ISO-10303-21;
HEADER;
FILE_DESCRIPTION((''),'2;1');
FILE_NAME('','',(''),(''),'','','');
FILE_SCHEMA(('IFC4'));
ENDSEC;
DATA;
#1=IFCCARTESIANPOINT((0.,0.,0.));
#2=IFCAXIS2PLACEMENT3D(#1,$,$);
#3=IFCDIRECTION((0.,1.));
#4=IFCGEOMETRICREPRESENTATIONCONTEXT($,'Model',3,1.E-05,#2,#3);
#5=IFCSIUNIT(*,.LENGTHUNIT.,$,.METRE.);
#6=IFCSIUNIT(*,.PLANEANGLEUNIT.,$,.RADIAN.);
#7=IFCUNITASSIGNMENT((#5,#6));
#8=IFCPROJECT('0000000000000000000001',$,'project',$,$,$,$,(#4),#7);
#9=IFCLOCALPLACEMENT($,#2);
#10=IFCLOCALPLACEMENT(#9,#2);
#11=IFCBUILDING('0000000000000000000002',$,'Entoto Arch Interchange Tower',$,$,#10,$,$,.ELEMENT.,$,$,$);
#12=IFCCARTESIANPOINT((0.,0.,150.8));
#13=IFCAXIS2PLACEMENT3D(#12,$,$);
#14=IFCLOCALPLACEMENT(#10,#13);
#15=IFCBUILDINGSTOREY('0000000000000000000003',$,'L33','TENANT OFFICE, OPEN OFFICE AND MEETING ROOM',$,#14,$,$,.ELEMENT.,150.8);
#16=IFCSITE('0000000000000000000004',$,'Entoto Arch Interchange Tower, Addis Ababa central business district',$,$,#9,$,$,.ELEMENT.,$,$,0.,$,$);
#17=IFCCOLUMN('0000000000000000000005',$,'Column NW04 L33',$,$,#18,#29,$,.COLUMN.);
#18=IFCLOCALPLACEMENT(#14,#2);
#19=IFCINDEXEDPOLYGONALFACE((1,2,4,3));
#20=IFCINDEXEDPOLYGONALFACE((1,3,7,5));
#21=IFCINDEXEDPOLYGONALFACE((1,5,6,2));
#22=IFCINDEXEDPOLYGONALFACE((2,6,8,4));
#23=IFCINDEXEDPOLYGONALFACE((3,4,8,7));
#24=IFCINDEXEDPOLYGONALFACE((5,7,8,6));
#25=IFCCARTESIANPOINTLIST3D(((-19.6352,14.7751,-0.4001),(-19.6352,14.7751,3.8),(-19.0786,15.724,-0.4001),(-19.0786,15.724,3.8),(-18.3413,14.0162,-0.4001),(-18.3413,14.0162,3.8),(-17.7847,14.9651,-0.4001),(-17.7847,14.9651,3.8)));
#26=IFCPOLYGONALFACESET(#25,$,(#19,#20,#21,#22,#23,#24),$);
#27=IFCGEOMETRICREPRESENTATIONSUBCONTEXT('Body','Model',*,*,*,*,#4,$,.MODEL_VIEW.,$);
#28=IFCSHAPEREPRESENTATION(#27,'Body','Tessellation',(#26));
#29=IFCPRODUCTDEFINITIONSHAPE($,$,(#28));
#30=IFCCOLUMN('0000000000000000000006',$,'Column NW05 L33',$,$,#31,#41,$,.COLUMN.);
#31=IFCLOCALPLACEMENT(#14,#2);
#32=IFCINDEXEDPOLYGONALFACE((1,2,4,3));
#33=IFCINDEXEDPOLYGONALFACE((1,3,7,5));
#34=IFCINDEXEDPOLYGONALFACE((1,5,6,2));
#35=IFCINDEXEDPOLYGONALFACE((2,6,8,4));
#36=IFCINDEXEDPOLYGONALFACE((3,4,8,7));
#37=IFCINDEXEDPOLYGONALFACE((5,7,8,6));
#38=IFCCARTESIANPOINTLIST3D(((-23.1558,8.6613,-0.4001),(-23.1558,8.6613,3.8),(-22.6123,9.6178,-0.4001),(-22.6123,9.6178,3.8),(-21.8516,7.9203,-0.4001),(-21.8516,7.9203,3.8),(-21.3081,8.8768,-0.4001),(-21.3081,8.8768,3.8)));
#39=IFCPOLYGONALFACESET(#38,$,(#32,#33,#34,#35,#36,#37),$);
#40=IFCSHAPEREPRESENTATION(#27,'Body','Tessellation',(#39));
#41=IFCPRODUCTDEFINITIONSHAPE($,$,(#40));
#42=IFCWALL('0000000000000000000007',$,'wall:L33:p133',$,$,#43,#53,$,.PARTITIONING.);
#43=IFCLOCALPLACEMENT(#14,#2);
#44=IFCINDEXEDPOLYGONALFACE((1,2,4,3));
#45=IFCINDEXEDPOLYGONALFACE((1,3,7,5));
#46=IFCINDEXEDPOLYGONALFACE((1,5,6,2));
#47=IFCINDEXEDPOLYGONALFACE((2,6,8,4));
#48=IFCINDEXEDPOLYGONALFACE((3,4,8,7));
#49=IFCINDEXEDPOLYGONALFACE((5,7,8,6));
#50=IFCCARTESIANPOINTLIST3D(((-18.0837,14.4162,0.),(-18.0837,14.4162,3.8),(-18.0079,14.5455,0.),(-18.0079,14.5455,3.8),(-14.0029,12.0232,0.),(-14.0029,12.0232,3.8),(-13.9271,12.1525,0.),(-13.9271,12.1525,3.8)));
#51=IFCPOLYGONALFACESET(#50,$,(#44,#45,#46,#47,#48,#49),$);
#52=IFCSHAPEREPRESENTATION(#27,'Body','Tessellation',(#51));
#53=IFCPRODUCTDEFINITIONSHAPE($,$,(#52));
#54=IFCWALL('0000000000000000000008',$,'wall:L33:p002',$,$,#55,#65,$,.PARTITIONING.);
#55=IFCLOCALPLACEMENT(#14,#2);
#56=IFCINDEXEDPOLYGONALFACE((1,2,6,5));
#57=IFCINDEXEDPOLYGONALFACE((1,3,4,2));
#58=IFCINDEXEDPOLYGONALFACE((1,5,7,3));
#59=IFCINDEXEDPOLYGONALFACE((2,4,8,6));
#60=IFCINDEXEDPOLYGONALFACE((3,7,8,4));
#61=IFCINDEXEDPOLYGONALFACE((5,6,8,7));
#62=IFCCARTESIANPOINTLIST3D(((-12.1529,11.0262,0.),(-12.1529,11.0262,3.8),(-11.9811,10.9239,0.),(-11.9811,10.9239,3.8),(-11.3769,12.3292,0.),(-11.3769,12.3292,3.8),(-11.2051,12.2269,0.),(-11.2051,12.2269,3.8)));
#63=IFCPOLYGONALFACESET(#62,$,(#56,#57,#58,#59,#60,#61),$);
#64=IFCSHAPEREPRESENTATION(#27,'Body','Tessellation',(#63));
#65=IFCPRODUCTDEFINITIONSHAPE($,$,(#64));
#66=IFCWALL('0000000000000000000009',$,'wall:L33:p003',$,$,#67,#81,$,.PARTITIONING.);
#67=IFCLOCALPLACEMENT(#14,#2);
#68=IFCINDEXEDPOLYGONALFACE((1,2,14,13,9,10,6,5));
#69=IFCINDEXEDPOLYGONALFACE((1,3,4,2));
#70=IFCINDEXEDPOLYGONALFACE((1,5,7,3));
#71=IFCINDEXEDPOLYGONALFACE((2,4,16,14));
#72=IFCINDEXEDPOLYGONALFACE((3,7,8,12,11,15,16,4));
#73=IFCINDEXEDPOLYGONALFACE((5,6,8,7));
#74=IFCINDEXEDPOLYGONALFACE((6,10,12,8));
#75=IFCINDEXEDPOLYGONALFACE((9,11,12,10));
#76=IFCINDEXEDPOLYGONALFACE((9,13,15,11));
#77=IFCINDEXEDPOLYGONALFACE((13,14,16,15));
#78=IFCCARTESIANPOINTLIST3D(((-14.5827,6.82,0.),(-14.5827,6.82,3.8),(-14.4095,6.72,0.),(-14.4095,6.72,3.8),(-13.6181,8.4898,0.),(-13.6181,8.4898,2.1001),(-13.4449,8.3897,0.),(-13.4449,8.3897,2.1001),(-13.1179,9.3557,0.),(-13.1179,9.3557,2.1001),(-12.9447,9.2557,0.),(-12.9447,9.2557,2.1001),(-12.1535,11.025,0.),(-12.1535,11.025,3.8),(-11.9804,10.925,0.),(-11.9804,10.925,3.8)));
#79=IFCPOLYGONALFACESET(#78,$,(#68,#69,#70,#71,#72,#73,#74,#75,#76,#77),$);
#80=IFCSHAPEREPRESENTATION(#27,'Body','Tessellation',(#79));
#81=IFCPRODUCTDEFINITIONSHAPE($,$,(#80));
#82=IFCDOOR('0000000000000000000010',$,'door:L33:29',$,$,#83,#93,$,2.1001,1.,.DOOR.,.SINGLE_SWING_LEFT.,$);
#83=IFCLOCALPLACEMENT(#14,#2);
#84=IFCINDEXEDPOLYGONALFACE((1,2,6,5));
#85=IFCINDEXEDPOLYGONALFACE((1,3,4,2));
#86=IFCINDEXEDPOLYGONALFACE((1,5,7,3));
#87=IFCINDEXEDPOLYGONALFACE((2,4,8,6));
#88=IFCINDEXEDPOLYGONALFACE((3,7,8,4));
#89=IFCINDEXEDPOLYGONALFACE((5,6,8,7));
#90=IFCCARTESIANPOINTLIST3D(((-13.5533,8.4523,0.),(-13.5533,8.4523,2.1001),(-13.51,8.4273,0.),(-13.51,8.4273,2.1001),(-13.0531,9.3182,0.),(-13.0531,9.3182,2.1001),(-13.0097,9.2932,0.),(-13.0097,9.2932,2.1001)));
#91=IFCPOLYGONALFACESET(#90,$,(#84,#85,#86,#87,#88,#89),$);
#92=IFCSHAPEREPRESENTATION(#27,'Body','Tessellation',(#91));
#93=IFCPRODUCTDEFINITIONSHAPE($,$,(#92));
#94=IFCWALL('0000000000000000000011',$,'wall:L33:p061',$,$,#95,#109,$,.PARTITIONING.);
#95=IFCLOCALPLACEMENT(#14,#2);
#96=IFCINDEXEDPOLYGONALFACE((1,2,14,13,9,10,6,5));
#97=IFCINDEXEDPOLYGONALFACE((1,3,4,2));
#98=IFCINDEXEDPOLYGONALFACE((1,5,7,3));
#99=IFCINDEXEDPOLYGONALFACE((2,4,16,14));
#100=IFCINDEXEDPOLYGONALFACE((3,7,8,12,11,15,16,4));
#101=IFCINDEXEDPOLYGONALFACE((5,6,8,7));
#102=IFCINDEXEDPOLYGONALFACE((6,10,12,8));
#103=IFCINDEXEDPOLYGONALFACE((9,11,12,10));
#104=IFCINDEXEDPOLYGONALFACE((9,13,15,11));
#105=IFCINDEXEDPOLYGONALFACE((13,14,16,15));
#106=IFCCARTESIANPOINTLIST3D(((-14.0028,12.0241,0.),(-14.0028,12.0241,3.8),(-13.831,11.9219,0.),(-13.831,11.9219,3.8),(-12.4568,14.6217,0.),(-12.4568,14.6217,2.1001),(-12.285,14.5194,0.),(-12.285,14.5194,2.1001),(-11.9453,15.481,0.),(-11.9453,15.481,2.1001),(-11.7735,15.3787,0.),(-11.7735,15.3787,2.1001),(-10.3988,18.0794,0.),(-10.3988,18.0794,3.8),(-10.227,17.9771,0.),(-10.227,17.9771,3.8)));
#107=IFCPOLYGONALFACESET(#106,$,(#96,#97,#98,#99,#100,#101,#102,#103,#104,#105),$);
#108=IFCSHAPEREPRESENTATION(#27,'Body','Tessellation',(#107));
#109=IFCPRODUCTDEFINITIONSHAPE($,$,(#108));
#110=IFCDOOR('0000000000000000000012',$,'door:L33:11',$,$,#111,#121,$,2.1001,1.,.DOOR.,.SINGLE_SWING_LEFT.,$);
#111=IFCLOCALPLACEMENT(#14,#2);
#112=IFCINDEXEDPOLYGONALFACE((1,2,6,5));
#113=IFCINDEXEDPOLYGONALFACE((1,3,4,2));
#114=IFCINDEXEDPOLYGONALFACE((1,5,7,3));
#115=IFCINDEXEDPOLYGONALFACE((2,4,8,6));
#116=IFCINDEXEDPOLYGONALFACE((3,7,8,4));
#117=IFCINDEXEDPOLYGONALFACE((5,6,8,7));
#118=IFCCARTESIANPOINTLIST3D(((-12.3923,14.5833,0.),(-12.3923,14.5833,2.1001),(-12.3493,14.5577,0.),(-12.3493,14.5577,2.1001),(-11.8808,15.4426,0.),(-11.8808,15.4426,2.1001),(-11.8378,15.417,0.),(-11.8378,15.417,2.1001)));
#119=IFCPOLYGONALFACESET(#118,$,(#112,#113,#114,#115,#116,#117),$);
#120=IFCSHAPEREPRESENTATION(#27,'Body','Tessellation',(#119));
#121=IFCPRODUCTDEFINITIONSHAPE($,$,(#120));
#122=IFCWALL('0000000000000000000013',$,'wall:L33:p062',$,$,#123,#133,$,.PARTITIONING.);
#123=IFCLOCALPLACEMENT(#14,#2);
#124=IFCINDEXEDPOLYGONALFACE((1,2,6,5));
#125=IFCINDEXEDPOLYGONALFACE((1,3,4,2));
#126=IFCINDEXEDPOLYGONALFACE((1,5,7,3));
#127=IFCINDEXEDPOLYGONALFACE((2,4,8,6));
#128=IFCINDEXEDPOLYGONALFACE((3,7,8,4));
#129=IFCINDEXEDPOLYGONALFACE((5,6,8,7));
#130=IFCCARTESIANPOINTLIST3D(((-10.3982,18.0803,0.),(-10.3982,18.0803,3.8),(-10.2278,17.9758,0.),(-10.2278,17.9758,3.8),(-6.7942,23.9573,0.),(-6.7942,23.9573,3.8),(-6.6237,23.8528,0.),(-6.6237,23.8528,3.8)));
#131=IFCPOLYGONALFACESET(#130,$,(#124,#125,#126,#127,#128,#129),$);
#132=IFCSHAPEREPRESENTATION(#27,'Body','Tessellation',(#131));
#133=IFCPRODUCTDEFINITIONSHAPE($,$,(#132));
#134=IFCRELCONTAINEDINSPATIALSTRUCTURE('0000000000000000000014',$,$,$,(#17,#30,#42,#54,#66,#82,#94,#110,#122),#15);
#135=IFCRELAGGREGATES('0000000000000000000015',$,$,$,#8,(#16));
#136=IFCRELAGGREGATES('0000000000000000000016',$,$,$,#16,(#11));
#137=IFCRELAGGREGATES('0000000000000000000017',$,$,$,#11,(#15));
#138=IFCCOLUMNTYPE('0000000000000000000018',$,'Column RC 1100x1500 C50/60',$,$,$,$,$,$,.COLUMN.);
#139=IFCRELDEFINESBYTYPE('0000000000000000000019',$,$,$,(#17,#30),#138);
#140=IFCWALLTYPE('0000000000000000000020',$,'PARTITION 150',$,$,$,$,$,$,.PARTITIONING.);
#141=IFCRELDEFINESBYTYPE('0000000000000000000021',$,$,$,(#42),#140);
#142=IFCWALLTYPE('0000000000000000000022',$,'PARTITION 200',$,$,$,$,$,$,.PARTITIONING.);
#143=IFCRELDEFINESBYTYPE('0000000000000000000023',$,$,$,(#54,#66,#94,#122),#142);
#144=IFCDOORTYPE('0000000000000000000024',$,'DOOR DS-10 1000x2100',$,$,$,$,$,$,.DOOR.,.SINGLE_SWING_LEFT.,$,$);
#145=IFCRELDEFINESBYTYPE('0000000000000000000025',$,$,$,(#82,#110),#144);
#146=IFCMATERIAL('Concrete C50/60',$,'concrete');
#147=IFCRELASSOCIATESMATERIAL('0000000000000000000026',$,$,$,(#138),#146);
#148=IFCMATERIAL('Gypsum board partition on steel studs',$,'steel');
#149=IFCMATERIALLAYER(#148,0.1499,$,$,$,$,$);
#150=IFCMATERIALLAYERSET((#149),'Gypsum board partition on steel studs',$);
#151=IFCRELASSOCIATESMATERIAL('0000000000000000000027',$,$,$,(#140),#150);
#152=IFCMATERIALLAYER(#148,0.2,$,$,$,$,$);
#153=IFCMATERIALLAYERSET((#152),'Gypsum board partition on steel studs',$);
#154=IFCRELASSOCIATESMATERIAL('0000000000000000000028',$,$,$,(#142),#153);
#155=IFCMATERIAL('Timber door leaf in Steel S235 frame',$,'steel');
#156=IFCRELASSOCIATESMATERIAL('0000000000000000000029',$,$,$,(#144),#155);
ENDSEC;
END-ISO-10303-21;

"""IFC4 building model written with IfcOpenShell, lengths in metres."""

from ifc_helpers import new_model, si_unit, direction, frame, frame_2d, origin, origin_2d, place, context, subcontext, project, spatial, rectangle, extrude, material, layer, layer_set, material_profile, profile_set, type_object, element, fill, save


model = new_model("IFC4")

# Units and contexts
model_context = context("Model", 3, precision=1e-05, world=origin(), true_north=direction((0.0, 1.0)))
body_context = subcontext(model_context, "Body", "Model", "MODEL_VIEW")
ifc_project = project(units=[si_unit("LENGTHUNIT", "METRE"), si_unit("PLANEANGLEUNIT", "RADIAN")], contexts=[model_context])

# Site, building, storey
site_placement = place(None, origin())
site = spatial("IfcSite", under=ifc_project, at=site_placement, Name="Entoto Arch Interchange Tower, Addis Ababa central business district", CompositionType="ELEMENT", RefElevation=0.0)
building_placement = place(site_placement, origin())
building = spatial("IfcBuilding", under=site, at=building_placement, Name="Entoto Arch Interchange Tower", CompositionType="ELEMENT")
storey_placement = place(building_placement, frame((0.0, 0.0, 150.8)))
storey = spatial("IfcBuildingStorey", under=building, at=storey_placement, Name="L33", Description="TENANT OFFICE, OPEN OFFICE AND MEETING ROOM", CompositionType="ELEMENT", Elevation=150.8)

# Columns
ifc_material_1 = material(Name="Concrete C50/60", Category="concrete")
ifc_material_profile = material_profile(ifc_material_1, rectangle(XDim=1.1001, YDim=1.5, at=origin_2d()))
ifc_profile_set = profile_set([ifc_material_profile], Name="Concrete C50/60")
column_type = type_object("IfcColumnType", Name="Column RC 1100x1500 C50/60", PredefinedType="COLUMN", material=ifc_profile_set)
for number, where, z_axis, x_axis, name in (
    (1, (-18.71, 14.8701, -0.4001), (0.0, 0.0, 1.0), (0.505958, 0.862558, 0.0), "Column NW04 L33"),
    (2, (-22.2319, 8.769, -0.4001), (0.0, 0.0, 1.0), (0.494018, 0.869452, 0.0), "Column NW05 L33"),
):
    element("IfcColumn", number, at=place(storey_placement, frame(where, z_axis=z_axis, x_axis=x_axis)), inside=storey, type_object=column_type, Name=name, PredefinedType="COLUMN", context=body_context, shape_type="SweptSolid", body=[
        extrude(rectangle(XDim=1.1001, YDim=1.5, at=origin_2d()), origin(), (0.0, 0.0, 1.0), 4.2002),
    ])

# Walls
ifc_material_2 = material(Name="Gypsum board partition on steel studs", Category="steel")
ifc_layer_1 = layer(ifc_material_2, 0.1499)
ifc_layer_set_1 = layer_set([ifc_layer_1], Name="Gypsum board partition on steel studs")
wall_type_1 = type_object("IfcWallType", Name="PARTITION 150", PredefinedType="PARTITIONING", material=ifc_layer_set_1)
wall_1_placement = place(storey_placement, frame((-13.9651, 12.0879, 0.0), z_axis=(0.0, 0.0, 1.0), x_axis=(-0.862618, 0.505856, 0.0)))
element("IfcWall", 3, at=wall_1_placement, inside=storey, type_object=wall_type_1, Name="wall:L33:p133", PredefinedType="PARTITIONING", context=body_context, shape_type="SweptSolid", body=[
    extrude(rectangle(XDim=4.7307, YDim=0.1499, at=frame_2d((2.3652, 0.0))), origin(), (0.0, 0.0, 1.0), 3.8),
])
ifc_layer_2 = layer(ifc_material_2, 0.2)
ifc_layer_set_2 = layer_set([ifc_layer_2], Name="Gypsum board partition on steel studs")
wall_type_2 = type_object("IfcWallType", Name="PARTITION 200", PredefinedType="PARTITIONING", material=ifc_layer_set_2)
wall_2_placement = place(storey_placement, frame((-11.291, 12.2781, 0.0), z_axis=(0.0, 0.0, 1.0), x_axis=(-0.511628, -0.859207, 0.0)))
element("IfcWall", 4, at=wall_2_placement, inside=storey, type_object=wall_type_2, Name="wall:L33:p002", PredefinedType="PARTITIONING", context=body_context, shape_type="SweptSolid", body=[
    extrude(rectangle(XDim=1.5166, YDim=0.2, at=frame_2d((0.7583, 0.0))), origin(), (0.0, 0.0, 1.0), 3.8),
])

# Walls, openings, doors
wall_3_placement = place(storey_placement, frame((-12.0669, 10.9751, 0.0), z_axis=(0.0, 0.0, 1.0), x_axis=(-0.500216, -0.865901, 0.0)))
wall_3 = element("IfcWall", 5, at=wall_3_placement, inside=storey, type_object=wall_type_2, Name="wall:L33:p003", PredefinedType="PARTITIONING", context=body_context, shape_type="SweptSolid", body=[
    extrude(rectangle(XDim=4.8562, YDim=0.2, at=frame_2d((2.4282, 0.0))), origin(), (0.0, 0.0, 1.0), 3.8),
])
opening_1_placement = place(wall_3_placement, frame((1.928, 0.0, 0.0)))
opening_1 = element("IfcOpeningElement", 6, at=opening_1_placement, cuts=wall_3, PredefinedType="OPENING", context=body_context, shape_type="SweptSolid", body=[
    extrude(rectangle(XDim=1.0, YDim=2.1001, at=frame_2d((0.5, 1.05))), frame((0.0, 0.1099, 0.0), z_axis=(0.0, -1.0, 0.0), x_axis=(1.0, 0.0, 0.0)), (0.0, 0.0, 1.0), 0.22),
])
ifc_material_3 = material(Name="Timber door leaf in Steel S235 frame", Category="steel")
door_type = type_object("IfcDoorType", Name="DOOR DS-10 1000x2100", OperationType="SINGLE_SWING_LEFT", PredefinedType="DOOR", material=ifc_material_3)
door_1_placement = place(opening_1_placement, origin())
door_1 = element("IfcDoor", 7, at=door_1_placement, inside=storey, type_object=door_type, Name="door:L33:29", OperationType="SINGLE_SWING_LEFT", OverallHeight=2.1001, OverallWidth=1.0, PredefinedType="DOOR", context=body_context, shape_type="SweptSolid", body=[
    extrude(rectangle(XDim=1.0, YDim=2.1001, at=frame_2d((0.5, 1.05))), frame((0.0, 0.0249, 0.0), z_axis=(0.0, -1.0, 0.0), x_axis=(1.0, 0.0, 0.0)), (0.0, 0.0, 1.0), 0.05),
])
fill(opening_1, door_1)
wall_4_placement = place(storey_placement, frame((-13.917, 11.9729, 0.0), z_axis=(0.0, 0.0, 1.0), x_axis=(0.511456, 0.85931, 0.0)))
wall_4 = element("IfcWall", 8, at=wall_4_placement, inside=storey, type_object=wall_type_2, Name="wall:L33:p061", PredefinedType="PARTITIONING", context=body_context, shape_type="SweptSolid", body=[
    extrude(rectangle(XDim=7.0466, YDim=0.2, at=frame_2d((3.5234, 0.0))), origin(), (0.0, 0.0, 1.0), 3.8),
])
opening_2_placement = place(wall_4_placement, frame((3.0229, 0.0, 0.0)))
opening_2 = element("IfcOpeningElement", 9, at=opening_2_placement, cuts=wall_4, PredefinedType="OPENING", context=body_context, shape_type="SweptSolid", body=[
    extrude(rectangle(XDim=1.0, YDim=2.1001, at=frame_2d((0.5, 1.05))), frame((0.0, 0.1099, 0.0), z_axis=(0.0, -1.0, 0.0), x_axis=(1.0, 0.0, 0.0)), (0.0, 0.0, 1.0), 0.22),
])
door_2_placement = place(opening_2_placement, origin())
door_2 = element("IfcDoor", 10, at=door_2_placement, inside=storey, type_object=door_type, Name="door:L33:11", OperationType="SINGLE_SWING_LEFT", OverallHeight=2.1001, OverallWidth=1.0, PredefinedType="DOOR", context=body_context, shape_type="SweptSolid", body=[
    extrude(rectangle(XDim=1.0, YDim=2.1001, at=frame_2d((0.5, 1.05))), frame((0.0, 0.0249, 0.0), z_axis=(0.0, -1.0, 0.0), x_axis=(1.0, 0.0, 0.0)), (0.0, 0.0, 1.0), 0.05),
])
fill(opening_2, door_2)

# Wall
wall_5_placement = place(storey_placement, frame((-10.313, 18.0281, 0.0), z_axis=(0.0, 0.0, 1.0), x_axis=(0.522773, 0.852472, 0.0)))
element("IfcWall", 11, at=wall_5_placement, inside=storey, type_object=wall_type_2, Name="wall:L33:p062", PredefinedType="PARTITIONING", context=body_context, shape_type="SweptSolid", body=[
    extrude(rectangle(XDim=6.894, YDim=0.2, at=frame_2d((3.447, 0.0))), origin(), (0.0, 0.0, 1.0), 3.8),
])

save(model, "model.ifc")
